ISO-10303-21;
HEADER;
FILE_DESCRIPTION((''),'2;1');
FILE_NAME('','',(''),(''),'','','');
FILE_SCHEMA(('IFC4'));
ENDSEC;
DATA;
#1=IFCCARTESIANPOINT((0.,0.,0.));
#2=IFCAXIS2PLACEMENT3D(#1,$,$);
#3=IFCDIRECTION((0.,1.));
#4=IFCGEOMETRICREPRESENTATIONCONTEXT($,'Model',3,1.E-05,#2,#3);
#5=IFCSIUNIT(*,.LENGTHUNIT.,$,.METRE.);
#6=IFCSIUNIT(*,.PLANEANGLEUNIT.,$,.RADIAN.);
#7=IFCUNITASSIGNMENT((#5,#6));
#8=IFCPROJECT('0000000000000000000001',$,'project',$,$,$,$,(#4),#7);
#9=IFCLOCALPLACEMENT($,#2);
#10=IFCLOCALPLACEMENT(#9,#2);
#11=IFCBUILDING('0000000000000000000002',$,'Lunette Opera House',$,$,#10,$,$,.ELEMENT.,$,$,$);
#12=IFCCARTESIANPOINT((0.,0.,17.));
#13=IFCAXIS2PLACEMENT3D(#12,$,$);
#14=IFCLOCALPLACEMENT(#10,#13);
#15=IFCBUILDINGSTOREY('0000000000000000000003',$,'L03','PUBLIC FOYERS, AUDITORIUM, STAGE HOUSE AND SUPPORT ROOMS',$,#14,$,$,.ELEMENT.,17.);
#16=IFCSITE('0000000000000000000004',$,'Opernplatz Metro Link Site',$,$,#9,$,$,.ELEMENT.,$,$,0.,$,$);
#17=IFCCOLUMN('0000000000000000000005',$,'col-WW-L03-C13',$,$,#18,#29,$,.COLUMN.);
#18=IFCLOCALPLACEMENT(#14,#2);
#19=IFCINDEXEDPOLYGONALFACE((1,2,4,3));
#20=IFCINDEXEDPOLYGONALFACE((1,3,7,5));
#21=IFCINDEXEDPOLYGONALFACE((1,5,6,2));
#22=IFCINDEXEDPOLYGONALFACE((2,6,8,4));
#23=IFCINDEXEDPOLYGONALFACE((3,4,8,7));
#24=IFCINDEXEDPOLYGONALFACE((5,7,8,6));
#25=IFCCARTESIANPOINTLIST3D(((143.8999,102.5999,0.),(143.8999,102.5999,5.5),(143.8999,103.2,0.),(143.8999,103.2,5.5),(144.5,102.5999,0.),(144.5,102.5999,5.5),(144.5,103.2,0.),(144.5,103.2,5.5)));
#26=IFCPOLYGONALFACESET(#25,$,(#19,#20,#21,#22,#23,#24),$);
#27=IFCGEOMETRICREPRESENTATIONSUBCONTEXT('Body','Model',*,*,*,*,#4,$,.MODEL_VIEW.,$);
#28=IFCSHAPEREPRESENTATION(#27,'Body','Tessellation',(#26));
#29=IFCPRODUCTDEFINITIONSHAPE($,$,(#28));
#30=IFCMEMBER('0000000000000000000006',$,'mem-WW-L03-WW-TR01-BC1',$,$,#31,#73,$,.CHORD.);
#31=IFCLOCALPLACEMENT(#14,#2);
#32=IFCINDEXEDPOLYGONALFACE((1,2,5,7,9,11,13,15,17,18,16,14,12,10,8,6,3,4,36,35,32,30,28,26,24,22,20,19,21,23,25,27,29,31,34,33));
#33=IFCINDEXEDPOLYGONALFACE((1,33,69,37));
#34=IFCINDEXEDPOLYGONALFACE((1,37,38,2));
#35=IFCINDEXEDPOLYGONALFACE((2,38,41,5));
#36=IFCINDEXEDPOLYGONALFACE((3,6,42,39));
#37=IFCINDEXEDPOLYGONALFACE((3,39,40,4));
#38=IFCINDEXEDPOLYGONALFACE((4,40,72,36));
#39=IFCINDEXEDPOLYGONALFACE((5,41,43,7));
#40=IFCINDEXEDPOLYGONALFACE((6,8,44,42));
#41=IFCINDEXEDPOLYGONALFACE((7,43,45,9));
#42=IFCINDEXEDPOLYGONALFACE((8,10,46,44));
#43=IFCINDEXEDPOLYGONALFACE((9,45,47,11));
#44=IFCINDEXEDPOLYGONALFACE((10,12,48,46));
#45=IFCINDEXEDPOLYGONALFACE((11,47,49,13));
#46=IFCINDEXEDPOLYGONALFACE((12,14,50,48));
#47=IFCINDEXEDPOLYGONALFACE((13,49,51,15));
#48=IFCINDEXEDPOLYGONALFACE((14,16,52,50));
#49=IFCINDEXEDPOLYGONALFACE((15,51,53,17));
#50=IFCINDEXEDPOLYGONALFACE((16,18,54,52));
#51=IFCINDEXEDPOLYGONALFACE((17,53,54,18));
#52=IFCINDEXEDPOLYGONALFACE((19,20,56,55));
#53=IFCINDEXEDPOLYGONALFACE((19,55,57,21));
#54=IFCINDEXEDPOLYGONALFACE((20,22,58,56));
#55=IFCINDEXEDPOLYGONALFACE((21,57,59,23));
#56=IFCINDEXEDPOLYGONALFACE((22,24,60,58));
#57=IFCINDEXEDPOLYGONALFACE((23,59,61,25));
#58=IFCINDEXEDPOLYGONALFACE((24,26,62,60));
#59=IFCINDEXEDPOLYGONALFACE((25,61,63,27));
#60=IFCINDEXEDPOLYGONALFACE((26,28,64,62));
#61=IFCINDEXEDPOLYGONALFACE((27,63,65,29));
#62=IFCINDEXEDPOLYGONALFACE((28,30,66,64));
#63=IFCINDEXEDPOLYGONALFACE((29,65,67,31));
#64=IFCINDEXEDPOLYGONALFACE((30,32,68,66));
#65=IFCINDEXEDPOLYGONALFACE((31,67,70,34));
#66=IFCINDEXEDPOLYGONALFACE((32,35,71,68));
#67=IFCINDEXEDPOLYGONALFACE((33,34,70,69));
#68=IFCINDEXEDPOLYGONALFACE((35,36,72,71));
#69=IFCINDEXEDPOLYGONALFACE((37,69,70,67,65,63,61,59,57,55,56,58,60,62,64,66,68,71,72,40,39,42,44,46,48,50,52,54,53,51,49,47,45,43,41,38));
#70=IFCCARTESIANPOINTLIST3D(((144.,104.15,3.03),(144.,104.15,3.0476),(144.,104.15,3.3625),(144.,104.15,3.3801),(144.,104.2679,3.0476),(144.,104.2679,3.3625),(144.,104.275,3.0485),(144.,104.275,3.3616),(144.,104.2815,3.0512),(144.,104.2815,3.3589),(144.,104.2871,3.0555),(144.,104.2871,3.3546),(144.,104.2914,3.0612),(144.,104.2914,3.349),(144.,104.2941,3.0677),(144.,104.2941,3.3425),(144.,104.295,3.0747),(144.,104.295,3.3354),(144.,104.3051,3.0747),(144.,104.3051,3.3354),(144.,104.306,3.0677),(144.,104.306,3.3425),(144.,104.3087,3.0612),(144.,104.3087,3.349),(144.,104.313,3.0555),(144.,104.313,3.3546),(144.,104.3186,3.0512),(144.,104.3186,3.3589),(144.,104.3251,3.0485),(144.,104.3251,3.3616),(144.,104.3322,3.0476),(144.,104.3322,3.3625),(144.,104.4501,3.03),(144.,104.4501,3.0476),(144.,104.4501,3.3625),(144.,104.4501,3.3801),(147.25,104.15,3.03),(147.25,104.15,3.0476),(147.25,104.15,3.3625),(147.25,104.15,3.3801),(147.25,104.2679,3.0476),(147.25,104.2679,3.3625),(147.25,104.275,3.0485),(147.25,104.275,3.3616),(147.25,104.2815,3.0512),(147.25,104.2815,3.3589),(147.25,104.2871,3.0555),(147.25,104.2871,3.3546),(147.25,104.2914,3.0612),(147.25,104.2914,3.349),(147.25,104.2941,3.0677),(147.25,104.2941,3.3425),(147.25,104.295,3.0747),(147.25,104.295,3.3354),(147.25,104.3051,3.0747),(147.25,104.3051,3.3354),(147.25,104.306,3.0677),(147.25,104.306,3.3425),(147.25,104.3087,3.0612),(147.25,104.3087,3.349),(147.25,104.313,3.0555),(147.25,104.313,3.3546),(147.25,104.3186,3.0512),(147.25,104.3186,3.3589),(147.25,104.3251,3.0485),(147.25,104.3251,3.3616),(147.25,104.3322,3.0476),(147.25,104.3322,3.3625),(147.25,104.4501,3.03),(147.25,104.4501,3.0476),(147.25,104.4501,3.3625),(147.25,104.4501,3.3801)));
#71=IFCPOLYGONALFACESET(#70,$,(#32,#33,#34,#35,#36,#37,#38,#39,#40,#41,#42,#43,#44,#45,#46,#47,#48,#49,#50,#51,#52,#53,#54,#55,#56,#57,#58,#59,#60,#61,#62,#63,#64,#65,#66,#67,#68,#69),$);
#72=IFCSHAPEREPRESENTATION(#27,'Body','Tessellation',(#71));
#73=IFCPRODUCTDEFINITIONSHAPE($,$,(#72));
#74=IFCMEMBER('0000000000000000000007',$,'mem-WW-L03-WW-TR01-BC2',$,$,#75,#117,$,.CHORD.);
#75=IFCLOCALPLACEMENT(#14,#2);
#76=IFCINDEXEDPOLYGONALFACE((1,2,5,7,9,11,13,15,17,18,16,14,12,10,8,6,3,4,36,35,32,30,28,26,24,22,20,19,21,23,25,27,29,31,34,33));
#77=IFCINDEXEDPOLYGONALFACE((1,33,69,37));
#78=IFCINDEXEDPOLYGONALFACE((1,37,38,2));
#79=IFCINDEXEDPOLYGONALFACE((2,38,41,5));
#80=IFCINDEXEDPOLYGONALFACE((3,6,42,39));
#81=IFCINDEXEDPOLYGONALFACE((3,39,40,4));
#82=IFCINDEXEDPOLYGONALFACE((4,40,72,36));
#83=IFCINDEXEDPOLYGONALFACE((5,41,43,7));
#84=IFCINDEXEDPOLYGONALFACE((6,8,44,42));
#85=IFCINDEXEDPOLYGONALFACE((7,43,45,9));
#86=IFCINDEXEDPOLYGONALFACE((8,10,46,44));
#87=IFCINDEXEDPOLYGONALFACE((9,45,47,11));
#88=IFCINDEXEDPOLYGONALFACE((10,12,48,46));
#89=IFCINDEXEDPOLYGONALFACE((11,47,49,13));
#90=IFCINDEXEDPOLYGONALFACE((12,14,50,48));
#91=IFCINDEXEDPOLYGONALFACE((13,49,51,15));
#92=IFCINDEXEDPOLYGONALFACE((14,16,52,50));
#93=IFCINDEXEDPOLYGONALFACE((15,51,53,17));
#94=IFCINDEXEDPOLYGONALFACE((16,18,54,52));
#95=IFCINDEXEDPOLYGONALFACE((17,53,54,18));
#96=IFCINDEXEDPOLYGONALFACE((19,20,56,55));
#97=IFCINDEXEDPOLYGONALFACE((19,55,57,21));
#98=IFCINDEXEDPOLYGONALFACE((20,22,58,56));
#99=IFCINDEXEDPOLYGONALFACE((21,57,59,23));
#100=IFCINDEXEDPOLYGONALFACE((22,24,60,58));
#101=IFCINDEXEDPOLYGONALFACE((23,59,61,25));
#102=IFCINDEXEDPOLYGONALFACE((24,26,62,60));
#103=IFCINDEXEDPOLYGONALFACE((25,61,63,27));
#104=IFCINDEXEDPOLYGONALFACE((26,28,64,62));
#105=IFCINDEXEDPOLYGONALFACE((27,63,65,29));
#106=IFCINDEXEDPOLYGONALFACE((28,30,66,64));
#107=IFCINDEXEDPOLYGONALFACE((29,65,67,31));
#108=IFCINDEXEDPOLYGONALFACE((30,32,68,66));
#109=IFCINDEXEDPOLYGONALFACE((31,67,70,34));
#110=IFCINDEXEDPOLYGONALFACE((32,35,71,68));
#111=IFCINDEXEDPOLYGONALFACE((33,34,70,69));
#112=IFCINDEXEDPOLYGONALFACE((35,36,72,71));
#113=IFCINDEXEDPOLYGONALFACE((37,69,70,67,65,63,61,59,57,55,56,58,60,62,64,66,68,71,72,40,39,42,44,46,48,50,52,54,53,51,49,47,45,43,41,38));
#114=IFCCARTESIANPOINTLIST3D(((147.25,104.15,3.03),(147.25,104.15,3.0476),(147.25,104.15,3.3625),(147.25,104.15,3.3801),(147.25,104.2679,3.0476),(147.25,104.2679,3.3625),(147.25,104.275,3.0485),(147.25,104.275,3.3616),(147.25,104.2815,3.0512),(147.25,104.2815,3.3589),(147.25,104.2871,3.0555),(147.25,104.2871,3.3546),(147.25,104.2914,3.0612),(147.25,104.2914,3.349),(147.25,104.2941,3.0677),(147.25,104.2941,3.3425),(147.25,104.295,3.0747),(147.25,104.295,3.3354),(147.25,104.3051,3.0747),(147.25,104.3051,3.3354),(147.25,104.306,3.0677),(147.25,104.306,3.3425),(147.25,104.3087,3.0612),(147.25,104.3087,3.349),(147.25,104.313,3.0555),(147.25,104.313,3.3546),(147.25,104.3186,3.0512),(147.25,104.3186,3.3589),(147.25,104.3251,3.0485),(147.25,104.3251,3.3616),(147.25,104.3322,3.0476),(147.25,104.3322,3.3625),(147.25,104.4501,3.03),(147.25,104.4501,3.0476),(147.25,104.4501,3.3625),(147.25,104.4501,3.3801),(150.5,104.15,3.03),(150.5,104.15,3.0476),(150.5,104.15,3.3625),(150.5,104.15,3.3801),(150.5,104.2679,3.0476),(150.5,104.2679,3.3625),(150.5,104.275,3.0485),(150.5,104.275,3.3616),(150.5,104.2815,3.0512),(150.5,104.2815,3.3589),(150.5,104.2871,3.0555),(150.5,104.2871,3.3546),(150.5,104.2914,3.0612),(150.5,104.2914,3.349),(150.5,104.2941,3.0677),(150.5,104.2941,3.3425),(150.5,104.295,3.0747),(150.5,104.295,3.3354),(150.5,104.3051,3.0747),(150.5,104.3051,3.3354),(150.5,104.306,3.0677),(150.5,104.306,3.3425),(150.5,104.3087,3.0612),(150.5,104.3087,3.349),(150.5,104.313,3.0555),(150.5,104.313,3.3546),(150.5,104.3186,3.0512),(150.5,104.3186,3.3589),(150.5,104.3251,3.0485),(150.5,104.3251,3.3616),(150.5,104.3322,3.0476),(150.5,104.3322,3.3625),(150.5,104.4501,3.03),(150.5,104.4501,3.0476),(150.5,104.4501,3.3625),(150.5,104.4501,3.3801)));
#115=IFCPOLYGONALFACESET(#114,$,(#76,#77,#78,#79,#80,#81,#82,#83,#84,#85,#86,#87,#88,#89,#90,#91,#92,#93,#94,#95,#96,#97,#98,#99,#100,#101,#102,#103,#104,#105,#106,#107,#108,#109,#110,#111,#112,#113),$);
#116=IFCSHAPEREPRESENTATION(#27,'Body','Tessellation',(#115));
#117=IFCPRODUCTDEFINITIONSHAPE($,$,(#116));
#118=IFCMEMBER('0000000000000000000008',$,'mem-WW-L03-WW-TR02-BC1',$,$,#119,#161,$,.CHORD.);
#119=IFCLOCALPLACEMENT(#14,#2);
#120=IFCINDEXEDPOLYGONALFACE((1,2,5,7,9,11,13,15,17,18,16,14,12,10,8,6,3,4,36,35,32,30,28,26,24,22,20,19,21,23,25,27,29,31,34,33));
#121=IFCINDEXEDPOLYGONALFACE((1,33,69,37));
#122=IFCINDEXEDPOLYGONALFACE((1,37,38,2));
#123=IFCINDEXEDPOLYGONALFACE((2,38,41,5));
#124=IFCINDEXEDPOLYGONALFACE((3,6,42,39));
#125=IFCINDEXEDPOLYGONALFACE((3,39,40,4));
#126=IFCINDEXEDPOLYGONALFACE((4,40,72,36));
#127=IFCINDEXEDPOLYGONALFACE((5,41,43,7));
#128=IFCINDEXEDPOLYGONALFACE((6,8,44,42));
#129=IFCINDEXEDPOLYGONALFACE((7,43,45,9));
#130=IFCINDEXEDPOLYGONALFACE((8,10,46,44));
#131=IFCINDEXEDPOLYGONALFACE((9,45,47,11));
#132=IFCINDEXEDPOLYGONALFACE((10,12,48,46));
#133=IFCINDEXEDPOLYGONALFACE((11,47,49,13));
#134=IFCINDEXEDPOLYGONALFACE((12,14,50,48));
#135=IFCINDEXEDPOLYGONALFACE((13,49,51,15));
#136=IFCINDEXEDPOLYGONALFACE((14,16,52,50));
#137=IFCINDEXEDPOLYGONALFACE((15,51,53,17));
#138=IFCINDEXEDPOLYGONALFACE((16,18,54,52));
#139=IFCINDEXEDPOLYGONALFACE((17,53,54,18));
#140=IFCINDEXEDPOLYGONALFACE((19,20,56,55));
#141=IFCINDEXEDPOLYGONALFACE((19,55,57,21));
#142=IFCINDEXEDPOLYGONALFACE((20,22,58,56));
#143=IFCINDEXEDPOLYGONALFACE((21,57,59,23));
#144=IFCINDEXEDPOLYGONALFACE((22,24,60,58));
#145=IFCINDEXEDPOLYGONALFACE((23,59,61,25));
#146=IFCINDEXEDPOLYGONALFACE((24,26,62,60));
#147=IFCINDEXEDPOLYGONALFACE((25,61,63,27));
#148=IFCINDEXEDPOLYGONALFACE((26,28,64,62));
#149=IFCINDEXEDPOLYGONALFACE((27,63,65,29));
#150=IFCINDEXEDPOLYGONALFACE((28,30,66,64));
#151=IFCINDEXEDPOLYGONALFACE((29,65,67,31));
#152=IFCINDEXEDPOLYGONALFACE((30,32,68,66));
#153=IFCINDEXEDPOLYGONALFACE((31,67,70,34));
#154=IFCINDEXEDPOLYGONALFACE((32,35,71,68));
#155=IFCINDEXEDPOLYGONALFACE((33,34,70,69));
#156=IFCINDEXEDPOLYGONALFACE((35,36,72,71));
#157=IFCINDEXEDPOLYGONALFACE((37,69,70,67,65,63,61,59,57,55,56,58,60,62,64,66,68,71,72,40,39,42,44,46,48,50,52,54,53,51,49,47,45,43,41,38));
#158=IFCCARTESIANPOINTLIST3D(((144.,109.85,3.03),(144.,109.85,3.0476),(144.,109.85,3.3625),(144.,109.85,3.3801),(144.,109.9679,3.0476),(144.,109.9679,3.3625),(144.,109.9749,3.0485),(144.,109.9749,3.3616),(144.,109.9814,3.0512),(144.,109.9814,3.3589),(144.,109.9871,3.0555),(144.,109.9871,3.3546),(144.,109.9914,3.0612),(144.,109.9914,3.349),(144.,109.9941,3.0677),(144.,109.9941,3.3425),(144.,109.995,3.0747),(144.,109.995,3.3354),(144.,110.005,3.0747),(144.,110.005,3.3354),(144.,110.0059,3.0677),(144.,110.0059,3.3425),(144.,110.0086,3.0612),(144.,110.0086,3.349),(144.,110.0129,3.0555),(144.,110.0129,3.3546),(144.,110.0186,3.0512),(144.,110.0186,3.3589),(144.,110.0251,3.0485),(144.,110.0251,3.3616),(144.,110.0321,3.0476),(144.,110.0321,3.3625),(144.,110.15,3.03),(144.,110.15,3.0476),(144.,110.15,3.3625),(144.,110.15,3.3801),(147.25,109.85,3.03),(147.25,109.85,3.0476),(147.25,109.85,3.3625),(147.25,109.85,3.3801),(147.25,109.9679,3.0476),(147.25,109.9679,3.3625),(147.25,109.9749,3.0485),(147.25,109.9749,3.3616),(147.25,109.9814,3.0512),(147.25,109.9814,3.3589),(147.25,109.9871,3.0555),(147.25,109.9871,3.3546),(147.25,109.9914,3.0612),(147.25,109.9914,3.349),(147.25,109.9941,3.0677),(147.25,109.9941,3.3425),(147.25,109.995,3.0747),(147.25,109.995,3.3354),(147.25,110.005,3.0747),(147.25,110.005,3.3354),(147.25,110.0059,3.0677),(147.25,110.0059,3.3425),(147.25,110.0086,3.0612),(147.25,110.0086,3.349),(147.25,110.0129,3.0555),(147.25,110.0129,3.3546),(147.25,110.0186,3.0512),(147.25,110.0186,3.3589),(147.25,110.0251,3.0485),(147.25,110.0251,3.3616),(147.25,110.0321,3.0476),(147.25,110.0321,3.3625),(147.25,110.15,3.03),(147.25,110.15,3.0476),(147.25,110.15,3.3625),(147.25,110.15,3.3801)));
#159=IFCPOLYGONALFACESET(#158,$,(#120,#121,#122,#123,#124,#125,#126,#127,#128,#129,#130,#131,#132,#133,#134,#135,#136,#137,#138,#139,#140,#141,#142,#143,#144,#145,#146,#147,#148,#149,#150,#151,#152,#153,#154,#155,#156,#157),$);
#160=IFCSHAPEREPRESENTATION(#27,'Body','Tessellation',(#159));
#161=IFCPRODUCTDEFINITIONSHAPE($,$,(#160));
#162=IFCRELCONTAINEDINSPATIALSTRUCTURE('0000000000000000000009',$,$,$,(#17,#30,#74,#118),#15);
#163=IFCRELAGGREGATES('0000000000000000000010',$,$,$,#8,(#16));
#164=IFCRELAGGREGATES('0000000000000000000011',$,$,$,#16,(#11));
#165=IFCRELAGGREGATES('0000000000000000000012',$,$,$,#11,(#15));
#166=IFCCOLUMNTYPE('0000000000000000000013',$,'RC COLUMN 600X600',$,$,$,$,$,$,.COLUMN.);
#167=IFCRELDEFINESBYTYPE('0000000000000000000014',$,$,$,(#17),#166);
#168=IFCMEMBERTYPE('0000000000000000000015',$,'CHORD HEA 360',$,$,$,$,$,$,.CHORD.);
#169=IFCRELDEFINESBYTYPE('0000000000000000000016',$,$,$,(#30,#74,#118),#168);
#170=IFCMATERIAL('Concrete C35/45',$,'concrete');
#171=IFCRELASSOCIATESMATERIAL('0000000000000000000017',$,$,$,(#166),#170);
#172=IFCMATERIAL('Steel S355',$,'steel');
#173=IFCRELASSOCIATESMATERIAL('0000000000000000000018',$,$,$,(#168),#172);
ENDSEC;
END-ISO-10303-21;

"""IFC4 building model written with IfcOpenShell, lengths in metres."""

from ifc_helpers import new_model, si_unit, direction, frame, origin, origin_2d, place, context, subcontext, project, spatial, rectangle, i_section, extrude, material, material_profile, profile_set, type_object, element, save


model = new_model("IFC4")

# Units and contexts
model_context = context("Model", 3, precision=1e-05, world=origin(), true_north=direction((0.0, 1.0)))
body_context = subcontext(model_context, "Body", "Model", "MODEL_VIEW")
ifc_project = project(units=[si_unit("LENGTHUNIT", "METRE"), si_unit("PLANEANGLEUNIT", "RADIAN")], contexts=[model_context])

# Site, building, storey
site_placement = place(None, origin())
site = spatial("IfcSite", under=ifc_project, at=site_placement, Name="Opernplatz Metro Link Site", CompositionType="ELEMENT", RefElevation=0.0)
building_placement = place(site_placement, origin())
building = spatial("IfcBuilding", under=site, at=building_placement, Name="Lunette Opera House", CompositionType="ELEMENT")
storey_placement = place(building_placement, frame((0.0, 0.0, 17.0)))
storey = spatial("IfcBuildingStorey", under=building, at=storey_placement, Name="L03", Description="PUBLIC FOYERS, AUDITORIUM, STAGE HOUSE AND SUPPORT ROOMS", CompositionType="ELEMENT", Elevation=17.0)

# Column
ifc_material_1 = material(Name="Concrete C35/45", Category="concrete")
ifc_material_profile_1 = material_profile(ifc_material_1, rectangle(XDim=0.6001, YDim=0.6001, at=origin_2d()), Name="RC COLUMN 600X600")
ifc_profile_set_1 = profile_set([ifc_material_profile_1], Name="Concrete C35/45")
column_type = type_object("IfcColumnType", Name="RC COLUMN 600X600", PredefinedType="COLUMN", material=ifc_profile_set_1)
column_placement = place(storey_placement, frame((144.2, 102.8999, 0.0), z_axis=(0.0, 0.0, 1.0), x_axis=(1.0, 0.0, 0.0)))
element("IfcColumn", 1, at=column_placement, inside=storey, type_object=column_type, Name="col-WW-L03-C13", PredefinedType="COLUMN", context=body_context, shape_type="SweptSolid", body=[
    extrude(rectangle(XDim=0.6001, YDim=0.6001, at=origin_2d()), origin(), (0.0, 0.0, 1.0), 5.5),
])

# Members
ifc_material_2 = material(Name="Steel S355", Category="steel")
ifc_material_profile_2 = material_profile(ifc_material_2, i_section(OverallWidth=0.3, OverallDepth=0.3501, WebThickness=0.01, FlangeThickness=0.0176, FilletRadius=0.0271, at=origin_2d()), Name="HEA 360")
ifc_profile_set_2 = profile_set([ifc_material_profile_2], Name="Steel S355")
member_type_1 = type_object("IfcMemberType", Name="CHORD HEA 360", PredefinedType="CHORD", material=ifc_profile_set_2)
for number, where, z_axis, x_axis, name in (
    (2, (144.0, 104.3, 3.2051), (1.0, 0.0, 0.0), (0.0, 1.0, 0.0), "mem-WW-L03-WW-TR01-BC1"),
    (3, (147.25, 104.3, 3.2051), (1.0, 0.0, 0.0), (0.0, 1.0, 0.0), "mem-WW-L03-WW-TR01-BC2"),
    (4, (144.0, 110.0, 3.2051), (1.0, 0.0, 0.0), (0.0, 1.0, 0.0), "mem-WW-L03-WW-TR02-BC1"),
):
    element("IfcMember", number, at=place(storey_placement, frame(where, z_axis=z_axis, x_axis=x_axis)), inside=storey, type_object=member_type_1, Name=name, PredefinedType="CHORD", context=body_context, shape_type="SweptSolid", body=[
        extrude(i_section(OverallWidth=0.3, OverallDepth=0.3501, WebThickness=0.01, FlangeThickness=0.0176, FilletRadius=0.0271, at=origin_2d()), origin(), (0.0, 0.0, 1.0), 3.25),
    ])

save(model, "model.ifc")
